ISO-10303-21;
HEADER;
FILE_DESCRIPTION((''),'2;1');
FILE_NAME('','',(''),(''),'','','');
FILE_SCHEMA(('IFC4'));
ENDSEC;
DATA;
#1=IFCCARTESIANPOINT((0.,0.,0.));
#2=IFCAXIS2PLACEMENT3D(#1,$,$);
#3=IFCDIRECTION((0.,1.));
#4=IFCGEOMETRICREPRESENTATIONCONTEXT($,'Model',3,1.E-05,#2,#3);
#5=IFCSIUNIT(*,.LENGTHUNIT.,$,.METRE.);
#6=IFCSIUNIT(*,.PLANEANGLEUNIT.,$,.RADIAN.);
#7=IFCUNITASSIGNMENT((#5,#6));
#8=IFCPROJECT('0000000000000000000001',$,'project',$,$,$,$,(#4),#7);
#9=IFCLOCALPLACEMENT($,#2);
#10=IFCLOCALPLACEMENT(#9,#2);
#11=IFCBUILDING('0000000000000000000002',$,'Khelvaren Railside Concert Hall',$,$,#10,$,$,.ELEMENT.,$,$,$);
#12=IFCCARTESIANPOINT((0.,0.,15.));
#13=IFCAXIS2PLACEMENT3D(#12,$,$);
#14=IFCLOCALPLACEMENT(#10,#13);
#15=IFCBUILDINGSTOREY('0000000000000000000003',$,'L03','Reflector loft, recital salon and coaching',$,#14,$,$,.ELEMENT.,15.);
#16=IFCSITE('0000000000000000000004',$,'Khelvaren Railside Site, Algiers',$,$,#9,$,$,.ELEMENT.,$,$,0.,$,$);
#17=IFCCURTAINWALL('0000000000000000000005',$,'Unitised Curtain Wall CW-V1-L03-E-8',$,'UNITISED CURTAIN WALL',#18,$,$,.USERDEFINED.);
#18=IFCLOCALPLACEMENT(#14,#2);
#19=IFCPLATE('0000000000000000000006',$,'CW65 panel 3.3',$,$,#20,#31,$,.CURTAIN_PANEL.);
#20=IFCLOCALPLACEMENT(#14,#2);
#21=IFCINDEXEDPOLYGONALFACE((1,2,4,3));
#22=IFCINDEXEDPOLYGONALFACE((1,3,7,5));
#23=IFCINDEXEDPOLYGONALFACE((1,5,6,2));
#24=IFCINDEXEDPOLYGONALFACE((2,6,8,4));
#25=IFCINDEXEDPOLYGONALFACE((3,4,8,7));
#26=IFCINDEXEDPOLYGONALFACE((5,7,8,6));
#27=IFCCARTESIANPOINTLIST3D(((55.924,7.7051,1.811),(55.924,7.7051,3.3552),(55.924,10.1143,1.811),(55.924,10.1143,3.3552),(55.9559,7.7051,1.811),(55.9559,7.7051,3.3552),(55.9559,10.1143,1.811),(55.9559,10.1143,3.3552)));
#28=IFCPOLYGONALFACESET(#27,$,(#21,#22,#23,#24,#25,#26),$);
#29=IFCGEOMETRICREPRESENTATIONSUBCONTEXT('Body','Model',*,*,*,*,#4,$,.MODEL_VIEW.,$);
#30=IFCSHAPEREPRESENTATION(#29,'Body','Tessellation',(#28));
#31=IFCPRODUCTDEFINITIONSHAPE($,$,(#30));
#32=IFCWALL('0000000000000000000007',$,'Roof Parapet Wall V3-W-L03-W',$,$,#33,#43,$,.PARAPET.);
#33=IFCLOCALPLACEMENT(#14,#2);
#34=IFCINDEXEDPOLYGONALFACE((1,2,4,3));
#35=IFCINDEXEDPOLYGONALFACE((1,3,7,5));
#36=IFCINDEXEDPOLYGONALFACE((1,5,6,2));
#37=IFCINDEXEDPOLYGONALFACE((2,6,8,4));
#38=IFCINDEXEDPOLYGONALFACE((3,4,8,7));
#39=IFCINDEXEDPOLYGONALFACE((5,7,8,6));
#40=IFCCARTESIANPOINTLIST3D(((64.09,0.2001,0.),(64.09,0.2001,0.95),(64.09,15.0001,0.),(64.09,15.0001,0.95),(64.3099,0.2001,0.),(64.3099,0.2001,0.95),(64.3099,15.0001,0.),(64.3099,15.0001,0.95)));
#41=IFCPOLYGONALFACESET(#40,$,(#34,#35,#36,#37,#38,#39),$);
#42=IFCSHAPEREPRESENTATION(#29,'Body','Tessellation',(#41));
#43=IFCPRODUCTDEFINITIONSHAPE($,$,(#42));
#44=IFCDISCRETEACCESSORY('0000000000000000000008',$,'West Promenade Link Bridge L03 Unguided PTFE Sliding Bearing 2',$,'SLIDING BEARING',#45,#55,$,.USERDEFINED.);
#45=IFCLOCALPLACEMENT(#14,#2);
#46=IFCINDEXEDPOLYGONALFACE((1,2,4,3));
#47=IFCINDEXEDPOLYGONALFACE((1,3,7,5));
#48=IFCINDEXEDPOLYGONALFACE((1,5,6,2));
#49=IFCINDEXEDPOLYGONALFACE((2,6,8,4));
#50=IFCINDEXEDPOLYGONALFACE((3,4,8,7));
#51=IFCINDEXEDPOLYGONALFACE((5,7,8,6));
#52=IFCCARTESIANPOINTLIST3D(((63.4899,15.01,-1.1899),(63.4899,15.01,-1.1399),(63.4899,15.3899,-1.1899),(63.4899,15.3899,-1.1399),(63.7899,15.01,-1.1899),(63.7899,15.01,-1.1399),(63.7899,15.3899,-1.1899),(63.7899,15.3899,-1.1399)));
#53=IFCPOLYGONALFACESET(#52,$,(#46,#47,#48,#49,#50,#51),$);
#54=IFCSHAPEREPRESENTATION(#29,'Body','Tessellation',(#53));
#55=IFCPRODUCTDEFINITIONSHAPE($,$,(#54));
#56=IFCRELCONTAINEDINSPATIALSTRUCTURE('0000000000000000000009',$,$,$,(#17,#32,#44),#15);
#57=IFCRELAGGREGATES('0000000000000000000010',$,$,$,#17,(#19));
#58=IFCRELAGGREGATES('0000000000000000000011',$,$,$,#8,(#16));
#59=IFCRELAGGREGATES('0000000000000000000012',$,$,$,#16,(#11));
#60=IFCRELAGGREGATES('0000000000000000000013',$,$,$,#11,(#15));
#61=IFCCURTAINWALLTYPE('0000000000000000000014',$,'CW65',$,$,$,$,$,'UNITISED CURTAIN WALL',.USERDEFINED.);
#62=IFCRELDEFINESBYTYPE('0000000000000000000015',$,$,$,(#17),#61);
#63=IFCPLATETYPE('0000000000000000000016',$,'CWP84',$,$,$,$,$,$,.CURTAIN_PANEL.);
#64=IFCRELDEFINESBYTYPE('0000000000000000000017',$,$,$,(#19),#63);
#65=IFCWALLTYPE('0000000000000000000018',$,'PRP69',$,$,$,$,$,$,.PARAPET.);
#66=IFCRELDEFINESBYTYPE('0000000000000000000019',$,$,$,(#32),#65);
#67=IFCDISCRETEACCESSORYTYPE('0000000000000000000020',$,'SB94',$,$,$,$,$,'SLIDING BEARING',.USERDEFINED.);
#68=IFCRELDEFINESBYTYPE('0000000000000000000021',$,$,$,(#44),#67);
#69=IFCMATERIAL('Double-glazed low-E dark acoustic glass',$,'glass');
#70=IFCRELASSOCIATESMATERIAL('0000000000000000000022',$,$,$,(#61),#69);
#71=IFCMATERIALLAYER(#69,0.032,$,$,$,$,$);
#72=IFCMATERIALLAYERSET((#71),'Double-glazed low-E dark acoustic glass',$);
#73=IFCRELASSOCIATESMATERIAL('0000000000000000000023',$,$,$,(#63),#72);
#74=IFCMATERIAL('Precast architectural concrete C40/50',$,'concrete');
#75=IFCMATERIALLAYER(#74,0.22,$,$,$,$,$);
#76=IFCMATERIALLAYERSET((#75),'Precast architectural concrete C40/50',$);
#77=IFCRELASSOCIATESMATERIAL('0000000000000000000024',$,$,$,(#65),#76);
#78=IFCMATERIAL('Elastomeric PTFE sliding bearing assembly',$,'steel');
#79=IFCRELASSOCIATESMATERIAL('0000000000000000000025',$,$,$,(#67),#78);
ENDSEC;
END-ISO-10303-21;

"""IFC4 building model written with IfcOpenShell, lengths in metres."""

from ifc_helpers import new_model, si_unit, direction, frame, frame_2d, origin, origin_2d, place, context, subcontext, project, spatial, rectangle, extrude, material, layer, layer_set, type_object, element, aggregate, save


model = new_model("IFC4")

# Units and contexts
model_context = context("Model", 3, precision=1e-05, world=origin(), true_north=direction((0.0, 1.0)))
body_context = subcontext(model_context, "Body", "Model", "MODEL_VIEW")
ifc_project = project(units=[si_unit("LENGTHUNIT", "METRE"), si_unit("PLANEANGLEUNIT", "RADIAN")], contexts=[model_context])

# Site, building, storey
site_placement = place(None, origin())
site = spatial("IfcSite", under=ifc_project, at=site_placement, Name="Khelvaren Railside Site, Algiers", CompositionType="ELEMENT", RefElevation=0.0)
building_placement = place(site_placement, origin())
building = spatial("IfcBuilding", under=site, at=building_placement, Name="Khelvaren Railside Concert Hall", CompositionType="ELEMENT")
storey_placement = place(building_placement, frame((0.0, 0.0, 15.0)))
storey = spatial("IfcBuildingStorey", under=building, at=storey_placement, Name="L03", Description="Reflector loft, recital salon and coaching", CompositionType="ELEMENT", Elevation=15.0)

# Curtain wall
ifc_material_1 = material(Name="Double-glazed low-E dark acoustic glass", Category="glass")
curtain_wall_type = type_object("IfcCurtainWallType", Name="CW65", ElementType="UNITISED CURTAIN WALL", PredefinedType="USERDEFINED", material=ifc_material_1)
curtain_wall_placement = place(storey_placement, origin())
curtain_wall = element("IfcCurtainWall", 1, at=curtain_wall_placement, inside=storey, type_object=curtain_wall_type, Name="Unitised Curtain Wall CW-V1-L03-E-8", ObjectType="UNITISED CURTAIN WALL", PredefinedType="USERDEFINED")

# Plate
ifc_layer_1 = layer(ifc_material_1, 0.032)
ifc_layer_set_1 = layer_set([ifc_layer_1], Name="Double-glazed low-E dark acoustic glass")
plate_type = type_object("IfcPlateType", Name="CWP84", PredefinedType="CURTAIN_PANEL", material=ifc_layer_set_1)
plate_1_placement = place(storey_placement, frame((55.9399, 8.9097, 1.811), z_axis=(0.0, 0.0, 1.0), x_axis=(0.0, -1.0, 0.0)))
plate_1 = element("IfcPlate", 2, at=plate_1_placement, type_object=plate_type, Name="CW65 panel 3.3", PredefinedType="CURTAIN_PANEL", context=body_context, shape_type="SweptSolid", body=[
    extrude(rectangle(XDim=2.4092, YDim=0.032, at=origin_2d()), origin(), (0.0, 0.0, 1.0), 1.5442),
])
aggregate(curtain_wall, [plate_1])

# Wall
ifc_material_2 = material(Name="Precast architectural concrete C40/50", Category="concrete")
ifc_layer_2 = layer(ifc_material_2, 0.22)
ifc_layer_set_2 = layer_set([ifc_layer_2], Name="Precast architectural concrete C40/50")
wall_type = type_object("IfcWallType", Name="PRP69", PredefinedType="PARAPET", material=ifc_layer_set_2)
wall_placement = place(storey_placement, frame((64.2, 15.0, 0.0), z_axis=(0.0, 0.0, 1.0), x_axis=(0.0, -1.0, 0.0)))
element("IfcWall", 3, at=wall_placement, inside=storey, type_object=wall_type, Name="Roof Parapet Wall V3-W-L03-W", PredefinedType="PARAPET", context=body_context, shape_type="SweptSolid", body=[
    extrude(rectangle(XDim=14.8, YDim=0.22, at=frame_2d((7.3999, 0.0))), origin(), (0.0, 0.0, 1.0), 0.95),
])

# Discrete accessory
ifc_material_3 = material(Name="Elastomeric PTFE sliding bearing assembly", Category="steel")
discrete_accessory_type = type_object("IfcDiscreteAccessoryType", Name="SB94", ElementType="SLIDING BEARING", PredefinedType="USERDEFINED", material=ifc_material_3)
discrete_accessory_placement = place(storey_placement, frame((63.6399, 15.2, -1.1899), z_axis=(0.0, 0.0, 1.0), x_axis=(1.0, 0.0, 0.0)))
element("IfcDiscreteAccessory", 4, at=discrete_accessory_placement, inside=storey, type_object=discrete_accessory_type, Name="West Promenade Link Bridge L03 Unguided PTFE Sliding Bearing 2", ObjectType="SLIDING BEARING", PredefinedType="USERDEFINED", context=body_context, shape_type="SweptSolid", body=[
    extrude(rectangle(XDim=0.3, YDim=0.3799, at=origin_2d()), origin(), (0.0, 0.0, 1.0), 0.05),
])

save(model, "model.ifc")
